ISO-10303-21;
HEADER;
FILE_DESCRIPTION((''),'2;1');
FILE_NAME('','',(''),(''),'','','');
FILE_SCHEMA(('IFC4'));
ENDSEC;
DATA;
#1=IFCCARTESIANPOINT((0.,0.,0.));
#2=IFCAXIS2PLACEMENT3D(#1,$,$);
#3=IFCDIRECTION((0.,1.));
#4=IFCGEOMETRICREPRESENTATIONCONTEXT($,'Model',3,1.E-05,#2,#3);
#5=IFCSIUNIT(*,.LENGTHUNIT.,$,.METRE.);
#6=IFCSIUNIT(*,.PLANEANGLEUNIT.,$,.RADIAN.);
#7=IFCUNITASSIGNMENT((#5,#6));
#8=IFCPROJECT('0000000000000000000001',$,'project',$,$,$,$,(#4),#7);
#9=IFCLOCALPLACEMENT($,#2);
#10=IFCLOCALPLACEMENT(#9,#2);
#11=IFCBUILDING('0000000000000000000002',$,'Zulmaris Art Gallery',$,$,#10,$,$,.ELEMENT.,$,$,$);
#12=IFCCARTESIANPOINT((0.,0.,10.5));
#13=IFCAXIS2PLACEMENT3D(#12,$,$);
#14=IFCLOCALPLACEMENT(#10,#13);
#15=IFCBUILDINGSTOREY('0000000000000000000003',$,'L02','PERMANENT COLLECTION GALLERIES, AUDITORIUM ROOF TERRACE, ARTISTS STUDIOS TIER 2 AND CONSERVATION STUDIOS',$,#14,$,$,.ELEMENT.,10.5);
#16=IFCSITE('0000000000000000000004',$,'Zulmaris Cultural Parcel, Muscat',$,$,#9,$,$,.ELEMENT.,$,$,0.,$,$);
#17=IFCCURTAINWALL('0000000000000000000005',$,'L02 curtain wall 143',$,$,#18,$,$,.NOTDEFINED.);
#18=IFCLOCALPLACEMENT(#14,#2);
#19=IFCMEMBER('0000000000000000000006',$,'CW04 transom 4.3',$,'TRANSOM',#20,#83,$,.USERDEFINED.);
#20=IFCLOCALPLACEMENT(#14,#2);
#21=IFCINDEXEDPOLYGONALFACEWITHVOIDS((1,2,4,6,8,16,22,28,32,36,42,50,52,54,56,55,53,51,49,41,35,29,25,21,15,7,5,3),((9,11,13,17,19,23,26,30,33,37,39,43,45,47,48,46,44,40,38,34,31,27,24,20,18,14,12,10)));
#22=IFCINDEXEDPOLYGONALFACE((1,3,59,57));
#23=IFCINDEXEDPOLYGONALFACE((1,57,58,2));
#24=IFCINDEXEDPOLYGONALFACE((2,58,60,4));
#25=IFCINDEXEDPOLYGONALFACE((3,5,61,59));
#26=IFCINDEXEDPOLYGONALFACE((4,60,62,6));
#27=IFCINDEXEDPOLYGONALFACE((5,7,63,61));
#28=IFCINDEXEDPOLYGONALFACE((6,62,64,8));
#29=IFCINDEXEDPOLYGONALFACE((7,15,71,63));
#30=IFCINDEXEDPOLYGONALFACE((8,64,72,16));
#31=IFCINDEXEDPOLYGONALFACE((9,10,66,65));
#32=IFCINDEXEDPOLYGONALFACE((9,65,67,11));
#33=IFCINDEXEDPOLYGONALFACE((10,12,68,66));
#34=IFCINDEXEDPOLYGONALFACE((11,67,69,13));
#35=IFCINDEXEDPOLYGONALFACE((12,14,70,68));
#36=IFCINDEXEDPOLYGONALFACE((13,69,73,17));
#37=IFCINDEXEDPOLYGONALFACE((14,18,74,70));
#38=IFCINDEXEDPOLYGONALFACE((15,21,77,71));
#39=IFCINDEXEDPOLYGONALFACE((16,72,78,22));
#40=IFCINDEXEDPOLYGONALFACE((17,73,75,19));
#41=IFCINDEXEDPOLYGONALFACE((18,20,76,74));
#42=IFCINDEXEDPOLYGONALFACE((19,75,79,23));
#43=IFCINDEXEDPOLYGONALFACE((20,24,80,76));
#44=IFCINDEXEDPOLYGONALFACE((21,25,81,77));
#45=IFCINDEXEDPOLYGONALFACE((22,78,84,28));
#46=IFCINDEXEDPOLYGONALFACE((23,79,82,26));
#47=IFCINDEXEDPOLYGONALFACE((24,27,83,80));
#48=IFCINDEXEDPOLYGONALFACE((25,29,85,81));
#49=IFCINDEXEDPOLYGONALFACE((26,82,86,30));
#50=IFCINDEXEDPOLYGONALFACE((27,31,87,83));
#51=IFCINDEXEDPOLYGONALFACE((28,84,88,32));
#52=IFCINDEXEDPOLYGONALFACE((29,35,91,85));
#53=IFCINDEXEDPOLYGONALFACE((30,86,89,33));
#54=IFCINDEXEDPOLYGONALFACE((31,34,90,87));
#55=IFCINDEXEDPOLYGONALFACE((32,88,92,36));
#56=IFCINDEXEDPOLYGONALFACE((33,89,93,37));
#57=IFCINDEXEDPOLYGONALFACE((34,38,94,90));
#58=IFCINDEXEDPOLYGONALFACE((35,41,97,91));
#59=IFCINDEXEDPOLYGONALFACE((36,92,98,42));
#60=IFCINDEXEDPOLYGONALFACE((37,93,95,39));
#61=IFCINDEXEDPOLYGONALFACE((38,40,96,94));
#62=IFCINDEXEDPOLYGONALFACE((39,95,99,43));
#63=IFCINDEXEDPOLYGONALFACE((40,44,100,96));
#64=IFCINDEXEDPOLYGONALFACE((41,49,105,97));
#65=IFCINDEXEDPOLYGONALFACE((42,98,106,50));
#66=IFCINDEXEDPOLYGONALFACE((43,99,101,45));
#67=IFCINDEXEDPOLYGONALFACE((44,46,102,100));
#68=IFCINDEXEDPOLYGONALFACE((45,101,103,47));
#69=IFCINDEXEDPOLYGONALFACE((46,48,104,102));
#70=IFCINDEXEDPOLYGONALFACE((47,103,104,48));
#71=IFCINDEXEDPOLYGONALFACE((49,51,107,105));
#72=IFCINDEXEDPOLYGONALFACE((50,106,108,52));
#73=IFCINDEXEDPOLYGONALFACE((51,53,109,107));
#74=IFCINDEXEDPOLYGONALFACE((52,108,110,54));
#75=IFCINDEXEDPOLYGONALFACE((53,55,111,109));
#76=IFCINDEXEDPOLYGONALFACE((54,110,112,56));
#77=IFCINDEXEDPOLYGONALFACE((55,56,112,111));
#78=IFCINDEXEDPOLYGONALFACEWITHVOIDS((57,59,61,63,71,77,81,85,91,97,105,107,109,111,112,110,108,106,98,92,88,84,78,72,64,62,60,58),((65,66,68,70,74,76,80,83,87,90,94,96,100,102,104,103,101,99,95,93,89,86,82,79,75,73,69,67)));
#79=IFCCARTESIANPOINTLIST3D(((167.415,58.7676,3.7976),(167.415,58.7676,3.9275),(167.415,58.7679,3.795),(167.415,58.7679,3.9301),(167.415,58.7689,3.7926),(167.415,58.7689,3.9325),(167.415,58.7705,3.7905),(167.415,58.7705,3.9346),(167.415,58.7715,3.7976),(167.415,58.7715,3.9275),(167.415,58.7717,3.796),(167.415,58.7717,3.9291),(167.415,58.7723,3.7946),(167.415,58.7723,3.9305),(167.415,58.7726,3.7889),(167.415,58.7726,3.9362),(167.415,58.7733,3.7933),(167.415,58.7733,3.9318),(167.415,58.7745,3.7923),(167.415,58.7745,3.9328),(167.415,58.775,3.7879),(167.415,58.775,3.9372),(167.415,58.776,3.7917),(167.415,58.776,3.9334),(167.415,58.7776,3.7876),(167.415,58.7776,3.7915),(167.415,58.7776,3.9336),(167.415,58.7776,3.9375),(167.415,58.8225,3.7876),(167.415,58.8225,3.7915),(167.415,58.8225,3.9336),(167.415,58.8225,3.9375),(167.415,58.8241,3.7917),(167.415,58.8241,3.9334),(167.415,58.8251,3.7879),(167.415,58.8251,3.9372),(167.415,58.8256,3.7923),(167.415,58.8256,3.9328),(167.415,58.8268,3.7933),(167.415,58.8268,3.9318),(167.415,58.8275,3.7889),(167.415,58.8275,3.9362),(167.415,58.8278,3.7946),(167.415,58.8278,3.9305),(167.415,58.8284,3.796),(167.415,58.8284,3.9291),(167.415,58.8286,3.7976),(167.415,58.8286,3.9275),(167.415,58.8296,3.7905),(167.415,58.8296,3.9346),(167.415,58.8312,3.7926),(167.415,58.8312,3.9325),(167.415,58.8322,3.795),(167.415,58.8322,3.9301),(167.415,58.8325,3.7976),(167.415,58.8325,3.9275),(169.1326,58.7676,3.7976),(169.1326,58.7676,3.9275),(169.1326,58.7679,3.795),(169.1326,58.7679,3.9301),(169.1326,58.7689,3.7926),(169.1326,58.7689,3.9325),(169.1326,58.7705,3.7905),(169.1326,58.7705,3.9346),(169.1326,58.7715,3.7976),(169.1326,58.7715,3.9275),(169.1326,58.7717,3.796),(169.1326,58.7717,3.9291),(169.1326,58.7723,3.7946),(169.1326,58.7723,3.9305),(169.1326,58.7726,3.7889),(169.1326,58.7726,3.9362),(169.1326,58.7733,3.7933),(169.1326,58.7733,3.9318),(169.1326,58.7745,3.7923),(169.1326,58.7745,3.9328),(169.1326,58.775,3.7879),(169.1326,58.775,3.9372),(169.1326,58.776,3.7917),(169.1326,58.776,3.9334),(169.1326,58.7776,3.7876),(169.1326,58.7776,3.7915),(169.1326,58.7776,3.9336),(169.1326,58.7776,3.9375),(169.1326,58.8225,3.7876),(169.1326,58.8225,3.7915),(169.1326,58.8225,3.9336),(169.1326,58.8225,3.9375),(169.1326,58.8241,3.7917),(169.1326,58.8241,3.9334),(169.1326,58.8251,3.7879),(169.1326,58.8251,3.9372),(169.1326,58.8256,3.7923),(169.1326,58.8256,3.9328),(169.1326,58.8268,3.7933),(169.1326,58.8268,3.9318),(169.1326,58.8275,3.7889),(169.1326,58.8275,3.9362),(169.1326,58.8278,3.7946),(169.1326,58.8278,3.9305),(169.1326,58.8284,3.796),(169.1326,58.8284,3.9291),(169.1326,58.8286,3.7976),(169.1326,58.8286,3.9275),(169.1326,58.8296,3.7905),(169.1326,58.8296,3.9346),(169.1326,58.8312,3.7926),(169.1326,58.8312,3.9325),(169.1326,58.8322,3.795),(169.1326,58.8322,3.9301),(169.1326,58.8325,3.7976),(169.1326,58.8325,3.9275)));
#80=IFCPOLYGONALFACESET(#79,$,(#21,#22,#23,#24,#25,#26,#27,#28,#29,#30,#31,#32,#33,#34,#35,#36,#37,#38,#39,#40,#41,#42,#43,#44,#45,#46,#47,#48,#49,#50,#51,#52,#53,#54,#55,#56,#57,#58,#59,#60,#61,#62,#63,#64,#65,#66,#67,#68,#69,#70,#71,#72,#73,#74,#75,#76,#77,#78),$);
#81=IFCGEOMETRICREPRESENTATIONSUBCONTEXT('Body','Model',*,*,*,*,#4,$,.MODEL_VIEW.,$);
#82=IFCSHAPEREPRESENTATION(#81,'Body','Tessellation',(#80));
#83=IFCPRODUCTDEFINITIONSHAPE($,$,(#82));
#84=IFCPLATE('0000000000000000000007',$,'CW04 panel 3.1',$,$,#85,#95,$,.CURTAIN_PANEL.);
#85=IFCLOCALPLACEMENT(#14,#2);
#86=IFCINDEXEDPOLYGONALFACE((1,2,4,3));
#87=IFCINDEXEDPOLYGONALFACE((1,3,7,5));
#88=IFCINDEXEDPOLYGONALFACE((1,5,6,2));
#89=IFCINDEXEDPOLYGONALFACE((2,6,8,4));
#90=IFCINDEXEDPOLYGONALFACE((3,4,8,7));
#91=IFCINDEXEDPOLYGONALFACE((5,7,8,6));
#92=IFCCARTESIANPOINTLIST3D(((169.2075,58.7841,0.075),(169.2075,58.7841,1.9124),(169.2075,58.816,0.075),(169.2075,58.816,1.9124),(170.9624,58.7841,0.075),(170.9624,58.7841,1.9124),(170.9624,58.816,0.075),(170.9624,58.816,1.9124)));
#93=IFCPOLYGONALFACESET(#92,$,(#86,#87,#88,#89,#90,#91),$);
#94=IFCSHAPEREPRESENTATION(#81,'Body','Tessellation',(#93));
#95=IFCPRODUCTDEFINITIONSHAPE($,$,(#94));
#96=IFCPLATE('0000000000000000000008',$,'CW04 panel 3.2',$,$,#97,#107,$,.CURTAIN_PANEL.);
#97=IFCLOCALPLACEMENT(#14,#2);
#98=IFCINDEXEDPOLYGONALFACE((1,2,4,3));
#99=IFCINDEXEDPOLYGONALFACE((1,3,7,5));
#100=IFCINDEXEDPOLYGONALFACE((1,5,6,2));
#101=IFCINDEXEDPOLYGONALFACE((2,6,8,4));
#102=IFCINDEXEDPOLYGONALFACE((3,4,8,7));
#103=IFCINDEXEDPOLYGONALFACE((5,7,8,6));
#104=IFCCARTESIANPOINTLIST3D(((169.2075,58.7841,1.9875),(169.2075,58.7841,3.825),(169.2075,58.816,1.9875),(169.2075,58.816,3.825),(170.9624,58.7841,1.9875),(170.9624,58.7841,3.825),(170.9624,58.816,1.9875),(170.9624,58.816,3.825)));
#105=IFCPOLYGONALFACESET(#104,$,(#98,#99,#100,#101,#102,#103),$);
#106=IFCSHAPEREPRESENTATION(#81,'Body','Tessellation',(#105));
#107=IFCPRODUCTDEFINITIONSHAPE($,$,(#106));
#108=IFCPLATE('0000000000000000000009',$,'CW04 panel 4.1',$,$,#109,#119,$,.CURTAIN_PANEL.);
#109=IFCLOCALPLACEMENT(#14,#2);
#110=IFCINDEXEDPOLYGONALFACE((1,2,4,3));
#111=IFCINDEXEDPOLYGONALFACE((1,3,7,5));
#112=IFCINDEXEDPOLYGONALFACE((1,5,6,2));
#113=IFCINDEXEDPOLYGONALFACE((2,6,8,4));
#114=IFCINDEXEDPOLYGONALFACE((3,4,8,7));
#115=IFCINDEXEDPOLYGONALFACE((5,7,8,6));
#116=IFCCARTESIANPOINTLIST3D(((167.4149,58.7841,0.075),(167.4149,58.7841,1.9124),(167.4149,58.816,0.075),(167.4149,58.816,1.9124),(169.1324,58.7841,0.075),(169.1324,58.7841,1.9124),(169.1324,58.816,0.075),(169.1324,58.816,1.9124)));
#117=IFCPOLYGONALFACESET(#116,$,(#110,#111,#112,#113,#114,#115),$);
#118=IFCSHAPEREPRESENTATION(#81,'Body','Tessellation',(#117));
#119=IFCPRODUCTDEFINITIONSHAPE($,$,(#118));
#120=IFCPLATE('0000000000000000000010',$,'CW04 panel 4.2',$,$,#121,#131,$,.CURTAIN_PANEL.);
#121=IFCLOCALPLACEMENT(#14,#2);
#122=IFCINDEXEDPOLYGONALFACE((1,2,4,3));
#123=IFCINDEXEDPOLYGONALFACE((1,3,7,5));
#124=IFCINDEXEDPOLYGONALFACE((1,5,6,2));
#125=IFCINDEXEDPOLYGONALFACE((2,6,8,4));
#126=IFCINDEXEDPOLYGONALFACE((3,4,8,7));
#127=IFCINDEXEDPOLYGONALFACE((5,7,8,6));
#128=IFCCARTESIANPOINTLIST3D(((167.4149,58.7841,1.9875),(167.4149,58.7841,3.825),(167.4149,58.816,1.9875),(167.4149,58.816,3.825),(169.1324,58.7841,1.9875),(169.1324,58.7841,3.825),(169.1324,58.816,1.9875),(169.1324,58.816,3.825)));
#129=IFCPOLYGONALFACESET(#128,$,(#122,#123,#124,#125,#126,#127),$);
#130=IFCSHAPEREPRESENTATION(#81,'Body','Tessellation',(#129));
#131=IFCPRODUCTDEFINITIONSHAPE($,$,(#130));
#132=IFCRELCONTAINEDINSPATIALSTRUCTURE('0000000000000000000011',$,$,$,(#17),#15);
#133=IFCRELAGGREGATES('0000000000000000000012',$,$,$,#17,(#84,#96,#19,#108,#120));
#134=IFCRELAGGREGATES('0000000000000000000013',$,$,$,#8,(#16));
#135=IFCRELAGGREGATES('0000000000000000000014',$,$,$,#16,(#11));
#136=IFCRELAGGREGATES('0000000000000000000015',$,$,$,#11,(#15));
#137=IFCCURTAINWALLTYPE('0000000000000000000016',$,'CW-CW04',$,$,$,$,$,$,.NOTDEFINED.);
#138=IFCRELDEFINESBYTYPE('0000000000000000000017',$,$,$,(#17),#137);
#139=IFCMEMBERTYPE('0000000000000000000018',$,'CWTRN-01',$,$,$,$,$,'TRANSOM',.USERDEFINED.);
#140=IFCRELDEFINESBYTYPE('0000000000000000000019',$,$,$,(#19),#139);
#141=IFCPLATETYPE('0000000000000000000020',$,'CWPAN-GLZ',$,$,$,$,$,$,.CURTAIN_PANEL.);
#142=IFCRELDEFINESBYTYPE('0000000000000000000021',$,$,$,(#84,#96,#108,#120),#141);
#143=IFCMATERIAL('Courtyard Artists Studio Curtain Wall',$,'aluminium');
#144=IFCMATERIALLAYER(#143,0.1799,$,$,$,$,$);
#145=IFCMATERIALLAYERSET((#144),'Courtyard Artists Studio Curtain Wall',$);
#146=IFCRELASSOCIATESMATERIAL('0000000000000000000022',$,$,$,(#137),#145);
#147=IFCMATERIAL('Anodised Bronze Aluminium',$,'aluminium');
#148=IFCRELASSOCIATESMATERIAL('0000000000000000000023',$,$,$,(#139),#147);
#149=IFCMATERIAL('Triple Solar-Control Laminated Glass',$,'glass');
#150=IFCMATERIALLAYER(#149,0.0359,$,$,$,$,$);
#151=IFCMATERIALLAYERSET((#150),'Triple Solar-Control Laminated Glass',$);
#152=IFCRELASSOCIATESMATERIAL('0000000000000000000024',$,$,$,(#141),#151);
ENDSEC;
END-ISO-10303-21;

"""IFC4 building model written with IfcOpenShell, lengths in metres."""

from ifc_helpers import new_model, si_unit, direction, frame, origin, origin_2d, place, context, subcontext, project, spatial, rectangle, hollow_rectangle, extrude, material, layer, layer_set, material_profile, profile_set, type_object, element, aggregate, save


model = new_model("IFC4")

# Units and contexts
model_context = context("Model", 3, precision=1e-05, world=origin(), true_north=direction((0.0, 1.0)))
body_context = subcontext(model_context, "Body", "Model", "MODEL_VIEW")
ifc_project = project(units=[si_unit("LENGTHUNIT", "METRE"), si_unit("PLANEANGLEUNIT", "RADIAN")], contexts=[model_context])

# Site, building, storey
site_placement = place(None, origin())
site = spatial("IfcSite", under=ifc_project, at=site_placement, Name="Zulmaris Cultural Parcel, Muscat", CompositionType="ELEMENT", RefElevation=0.0)
building_placement = place(site_placement, origin())
building = spatial("IfcBuilding", under=site, at=building_placement, Name="Zulmaris Art Gallery", CompositionType="ELEMENT")
storey_placement = place(building_placement, frame((0.0, 0.0, 10.5)))
storey = spatial("IfcBuildingStorey", under=building, at=storey_placement, Name="L02", Description="PERMANENT COLLECTION GALLERIES, AUDITORIUM ROOF TERRACE, ARTISTS STUDIOS TIER 2 AND CONSERVATION STUDIOS", CompositionType="ELEMENT", Elevation=10.5)

# Curtain wall, member, plates
ifc_material_1 = material(Name="Courtyard Artists Studio Curtain Wall", Category="aluminium")
ifc_layer_1 = layer(ifc_material_1, 0.1799)
ifc_layer_set_1 = layer_set([ifc_layer_1], Name="Courtyard Artists Studio Curtain Wall")
curtain_wall_type = type_object("IfcCurtainWallType", Name="CW-CW04", PredefinedType="NOTDEFINED", material=ifc_layer_set_1)
curtain_wall_placement = place(storey_placement, origin())
curtain_wall = element("IfcCurtainWall", 1, at=curtain_wall_placement, inside=storey, type_object=curtain_wall_type, Name="L02 curtain wall 143", PredefinedType="NOTDEFINED")
ifc_material_2 = material(Name="Anodised Bronze Aluminium", Category="aluminium")
ifc_material_profile_1 = material_profile(ifc_material_2, hollow_rectangle(XDim=0.0649, YDim=0.1499, WallThickness=0.0039, InnerFilletRadius=0.0061, OuterFilletRadius=0.01, at=origin_2d()), Name="ALU 65x150x4")
ifc_profile_set_1 = profile_set([ifc_material_profile_1], Name="Anodised Bronze Aluminium")
member_type_1 = type_object("IfcMemberType", Name="CWTRN-01", ElementType="TRANSOM", PredefinedType="USERDEFINED", material=ifc_profile_set_1)
member_1_placement = place(storey_placement, frame((169.1326, 58.8, 3.8625), z_axis=(-1.0, 0.0, 0.0), x_axis=(0.0, -1.0, 0.0)))
member_1 = element("IfcMember", 2, at=member_1_placement, type_object=member_type_1, Name="CW04 transom 4.3", ObjectType="TRANSOM", PredefinedType="USERDEFINED", context=body_context, shape_type="SweptSolid", body=[
    extrude(hollow_rectangle(XDim=0.0649, YDim=0.1499, WallThickness=0.0039, InnerFilletRadius=0.0061, OuterFilletRadius=0.01, at=origin_2d()), origin(), (0.0, 0.0, 1.0), 1.7175),
])
ifc_material_3 = material(Name="Triple Solar-Control Laminated Glass", Category="glass")
ifc_layer_2 = layer(ifc_material_3, 0.0359)
ifc_layer_set_2 = layer_set([ifc_layer_2], Name="Triple Solar-Control Laminated Glass")
plate_type = type_object("IfcPlateType", Name="CWPAN-GLZ", PredefinedType="CURTAIN_PANEL", material=ifc_layer_set_2)
plate_1_placement = place(storey_placement, frame((170.085, 58.8, 0.075), z_axis=(0.0, 0.0, 1.0), x_axis=(-1.0, 0.0, 0.0)))
plate_1 = element("IfcPlate", 3, at=plate_1_placement, type_object=plate_type, Name="CW04 panel 3.1", PredefinedType="CURTAIN_PANEL", context=body_context, shape_type="SweptSolid", body=[
    extrude(rectangle(XDim=1.7549, YDim=0.032, at=origin_2d()), origin(), (0.0, 0.0, 1.0), 1.8374),
])
plate_2_placement = place(storey_placement, frame((170.085, 58.8, 1.9875), z_axis=(0.0, 0.0, 1.0), x_axis=(-1.0, 0.0, 0.0)))
plate_2 = element("IfcPlate", 4, at=plate_2_placement, type_object=plate_type, Name="CW04 panel 3.2", PredefinedType="CURTAIN_PANEL", context=body_context, shape_type="SweptSolid", body=[
    extrude(rectangle(XDim=1.7549, YDim=0.032, at=origin_2d()), origin(), (0.0, 0.0, 1.0), 1.8374),
])
plate_3_placement = place(storey_placement, frame((168.2737, 58.8, 0.075), z_axis=(0.0, 0.0, 1.0), x_axis=(-1.0, 0.0, 0.0)))
plate_3 = element("IfcPlate", 5, at=plate_3_placement, type_object=plate_type, Name="CW04 panel 4.1", PredefinedType="CURTAIN_PANEL", context=body_context, shape_type="SweptSolid", body=[
    extrude(rectangle(XDim=1.7175, YDim=0.032, at=origin_2d()), origin(), (0.0, 0.0, 1.0), 1.8374),
])
plate_4_placement = place(storey_placement, frame((168.2737, 58.8, 1.9875), z_axis=(0.0, 0.0, 1.0), x_axis=(-1.0, 0.0, 0.0)))
plate_4 = element("IfcPlate", 6, at=plate_4_placement, type_object=plate_type, Name="CW04 panel 4.2", PredefinedType="CURTAIN_PANEL", context=body_context, shape_type="SweptSolid", body=[
    extrude(rectangle(XDim=1.7175, YDim=0.032, at=origin_2d()), origin(), (0.0, 0.0, 1.0), 1.8374),
])
aggregate(curtain_wall, [plate_1, plate_2, member_1, plate_3, plate_4])

save(model, "model.ifc")
